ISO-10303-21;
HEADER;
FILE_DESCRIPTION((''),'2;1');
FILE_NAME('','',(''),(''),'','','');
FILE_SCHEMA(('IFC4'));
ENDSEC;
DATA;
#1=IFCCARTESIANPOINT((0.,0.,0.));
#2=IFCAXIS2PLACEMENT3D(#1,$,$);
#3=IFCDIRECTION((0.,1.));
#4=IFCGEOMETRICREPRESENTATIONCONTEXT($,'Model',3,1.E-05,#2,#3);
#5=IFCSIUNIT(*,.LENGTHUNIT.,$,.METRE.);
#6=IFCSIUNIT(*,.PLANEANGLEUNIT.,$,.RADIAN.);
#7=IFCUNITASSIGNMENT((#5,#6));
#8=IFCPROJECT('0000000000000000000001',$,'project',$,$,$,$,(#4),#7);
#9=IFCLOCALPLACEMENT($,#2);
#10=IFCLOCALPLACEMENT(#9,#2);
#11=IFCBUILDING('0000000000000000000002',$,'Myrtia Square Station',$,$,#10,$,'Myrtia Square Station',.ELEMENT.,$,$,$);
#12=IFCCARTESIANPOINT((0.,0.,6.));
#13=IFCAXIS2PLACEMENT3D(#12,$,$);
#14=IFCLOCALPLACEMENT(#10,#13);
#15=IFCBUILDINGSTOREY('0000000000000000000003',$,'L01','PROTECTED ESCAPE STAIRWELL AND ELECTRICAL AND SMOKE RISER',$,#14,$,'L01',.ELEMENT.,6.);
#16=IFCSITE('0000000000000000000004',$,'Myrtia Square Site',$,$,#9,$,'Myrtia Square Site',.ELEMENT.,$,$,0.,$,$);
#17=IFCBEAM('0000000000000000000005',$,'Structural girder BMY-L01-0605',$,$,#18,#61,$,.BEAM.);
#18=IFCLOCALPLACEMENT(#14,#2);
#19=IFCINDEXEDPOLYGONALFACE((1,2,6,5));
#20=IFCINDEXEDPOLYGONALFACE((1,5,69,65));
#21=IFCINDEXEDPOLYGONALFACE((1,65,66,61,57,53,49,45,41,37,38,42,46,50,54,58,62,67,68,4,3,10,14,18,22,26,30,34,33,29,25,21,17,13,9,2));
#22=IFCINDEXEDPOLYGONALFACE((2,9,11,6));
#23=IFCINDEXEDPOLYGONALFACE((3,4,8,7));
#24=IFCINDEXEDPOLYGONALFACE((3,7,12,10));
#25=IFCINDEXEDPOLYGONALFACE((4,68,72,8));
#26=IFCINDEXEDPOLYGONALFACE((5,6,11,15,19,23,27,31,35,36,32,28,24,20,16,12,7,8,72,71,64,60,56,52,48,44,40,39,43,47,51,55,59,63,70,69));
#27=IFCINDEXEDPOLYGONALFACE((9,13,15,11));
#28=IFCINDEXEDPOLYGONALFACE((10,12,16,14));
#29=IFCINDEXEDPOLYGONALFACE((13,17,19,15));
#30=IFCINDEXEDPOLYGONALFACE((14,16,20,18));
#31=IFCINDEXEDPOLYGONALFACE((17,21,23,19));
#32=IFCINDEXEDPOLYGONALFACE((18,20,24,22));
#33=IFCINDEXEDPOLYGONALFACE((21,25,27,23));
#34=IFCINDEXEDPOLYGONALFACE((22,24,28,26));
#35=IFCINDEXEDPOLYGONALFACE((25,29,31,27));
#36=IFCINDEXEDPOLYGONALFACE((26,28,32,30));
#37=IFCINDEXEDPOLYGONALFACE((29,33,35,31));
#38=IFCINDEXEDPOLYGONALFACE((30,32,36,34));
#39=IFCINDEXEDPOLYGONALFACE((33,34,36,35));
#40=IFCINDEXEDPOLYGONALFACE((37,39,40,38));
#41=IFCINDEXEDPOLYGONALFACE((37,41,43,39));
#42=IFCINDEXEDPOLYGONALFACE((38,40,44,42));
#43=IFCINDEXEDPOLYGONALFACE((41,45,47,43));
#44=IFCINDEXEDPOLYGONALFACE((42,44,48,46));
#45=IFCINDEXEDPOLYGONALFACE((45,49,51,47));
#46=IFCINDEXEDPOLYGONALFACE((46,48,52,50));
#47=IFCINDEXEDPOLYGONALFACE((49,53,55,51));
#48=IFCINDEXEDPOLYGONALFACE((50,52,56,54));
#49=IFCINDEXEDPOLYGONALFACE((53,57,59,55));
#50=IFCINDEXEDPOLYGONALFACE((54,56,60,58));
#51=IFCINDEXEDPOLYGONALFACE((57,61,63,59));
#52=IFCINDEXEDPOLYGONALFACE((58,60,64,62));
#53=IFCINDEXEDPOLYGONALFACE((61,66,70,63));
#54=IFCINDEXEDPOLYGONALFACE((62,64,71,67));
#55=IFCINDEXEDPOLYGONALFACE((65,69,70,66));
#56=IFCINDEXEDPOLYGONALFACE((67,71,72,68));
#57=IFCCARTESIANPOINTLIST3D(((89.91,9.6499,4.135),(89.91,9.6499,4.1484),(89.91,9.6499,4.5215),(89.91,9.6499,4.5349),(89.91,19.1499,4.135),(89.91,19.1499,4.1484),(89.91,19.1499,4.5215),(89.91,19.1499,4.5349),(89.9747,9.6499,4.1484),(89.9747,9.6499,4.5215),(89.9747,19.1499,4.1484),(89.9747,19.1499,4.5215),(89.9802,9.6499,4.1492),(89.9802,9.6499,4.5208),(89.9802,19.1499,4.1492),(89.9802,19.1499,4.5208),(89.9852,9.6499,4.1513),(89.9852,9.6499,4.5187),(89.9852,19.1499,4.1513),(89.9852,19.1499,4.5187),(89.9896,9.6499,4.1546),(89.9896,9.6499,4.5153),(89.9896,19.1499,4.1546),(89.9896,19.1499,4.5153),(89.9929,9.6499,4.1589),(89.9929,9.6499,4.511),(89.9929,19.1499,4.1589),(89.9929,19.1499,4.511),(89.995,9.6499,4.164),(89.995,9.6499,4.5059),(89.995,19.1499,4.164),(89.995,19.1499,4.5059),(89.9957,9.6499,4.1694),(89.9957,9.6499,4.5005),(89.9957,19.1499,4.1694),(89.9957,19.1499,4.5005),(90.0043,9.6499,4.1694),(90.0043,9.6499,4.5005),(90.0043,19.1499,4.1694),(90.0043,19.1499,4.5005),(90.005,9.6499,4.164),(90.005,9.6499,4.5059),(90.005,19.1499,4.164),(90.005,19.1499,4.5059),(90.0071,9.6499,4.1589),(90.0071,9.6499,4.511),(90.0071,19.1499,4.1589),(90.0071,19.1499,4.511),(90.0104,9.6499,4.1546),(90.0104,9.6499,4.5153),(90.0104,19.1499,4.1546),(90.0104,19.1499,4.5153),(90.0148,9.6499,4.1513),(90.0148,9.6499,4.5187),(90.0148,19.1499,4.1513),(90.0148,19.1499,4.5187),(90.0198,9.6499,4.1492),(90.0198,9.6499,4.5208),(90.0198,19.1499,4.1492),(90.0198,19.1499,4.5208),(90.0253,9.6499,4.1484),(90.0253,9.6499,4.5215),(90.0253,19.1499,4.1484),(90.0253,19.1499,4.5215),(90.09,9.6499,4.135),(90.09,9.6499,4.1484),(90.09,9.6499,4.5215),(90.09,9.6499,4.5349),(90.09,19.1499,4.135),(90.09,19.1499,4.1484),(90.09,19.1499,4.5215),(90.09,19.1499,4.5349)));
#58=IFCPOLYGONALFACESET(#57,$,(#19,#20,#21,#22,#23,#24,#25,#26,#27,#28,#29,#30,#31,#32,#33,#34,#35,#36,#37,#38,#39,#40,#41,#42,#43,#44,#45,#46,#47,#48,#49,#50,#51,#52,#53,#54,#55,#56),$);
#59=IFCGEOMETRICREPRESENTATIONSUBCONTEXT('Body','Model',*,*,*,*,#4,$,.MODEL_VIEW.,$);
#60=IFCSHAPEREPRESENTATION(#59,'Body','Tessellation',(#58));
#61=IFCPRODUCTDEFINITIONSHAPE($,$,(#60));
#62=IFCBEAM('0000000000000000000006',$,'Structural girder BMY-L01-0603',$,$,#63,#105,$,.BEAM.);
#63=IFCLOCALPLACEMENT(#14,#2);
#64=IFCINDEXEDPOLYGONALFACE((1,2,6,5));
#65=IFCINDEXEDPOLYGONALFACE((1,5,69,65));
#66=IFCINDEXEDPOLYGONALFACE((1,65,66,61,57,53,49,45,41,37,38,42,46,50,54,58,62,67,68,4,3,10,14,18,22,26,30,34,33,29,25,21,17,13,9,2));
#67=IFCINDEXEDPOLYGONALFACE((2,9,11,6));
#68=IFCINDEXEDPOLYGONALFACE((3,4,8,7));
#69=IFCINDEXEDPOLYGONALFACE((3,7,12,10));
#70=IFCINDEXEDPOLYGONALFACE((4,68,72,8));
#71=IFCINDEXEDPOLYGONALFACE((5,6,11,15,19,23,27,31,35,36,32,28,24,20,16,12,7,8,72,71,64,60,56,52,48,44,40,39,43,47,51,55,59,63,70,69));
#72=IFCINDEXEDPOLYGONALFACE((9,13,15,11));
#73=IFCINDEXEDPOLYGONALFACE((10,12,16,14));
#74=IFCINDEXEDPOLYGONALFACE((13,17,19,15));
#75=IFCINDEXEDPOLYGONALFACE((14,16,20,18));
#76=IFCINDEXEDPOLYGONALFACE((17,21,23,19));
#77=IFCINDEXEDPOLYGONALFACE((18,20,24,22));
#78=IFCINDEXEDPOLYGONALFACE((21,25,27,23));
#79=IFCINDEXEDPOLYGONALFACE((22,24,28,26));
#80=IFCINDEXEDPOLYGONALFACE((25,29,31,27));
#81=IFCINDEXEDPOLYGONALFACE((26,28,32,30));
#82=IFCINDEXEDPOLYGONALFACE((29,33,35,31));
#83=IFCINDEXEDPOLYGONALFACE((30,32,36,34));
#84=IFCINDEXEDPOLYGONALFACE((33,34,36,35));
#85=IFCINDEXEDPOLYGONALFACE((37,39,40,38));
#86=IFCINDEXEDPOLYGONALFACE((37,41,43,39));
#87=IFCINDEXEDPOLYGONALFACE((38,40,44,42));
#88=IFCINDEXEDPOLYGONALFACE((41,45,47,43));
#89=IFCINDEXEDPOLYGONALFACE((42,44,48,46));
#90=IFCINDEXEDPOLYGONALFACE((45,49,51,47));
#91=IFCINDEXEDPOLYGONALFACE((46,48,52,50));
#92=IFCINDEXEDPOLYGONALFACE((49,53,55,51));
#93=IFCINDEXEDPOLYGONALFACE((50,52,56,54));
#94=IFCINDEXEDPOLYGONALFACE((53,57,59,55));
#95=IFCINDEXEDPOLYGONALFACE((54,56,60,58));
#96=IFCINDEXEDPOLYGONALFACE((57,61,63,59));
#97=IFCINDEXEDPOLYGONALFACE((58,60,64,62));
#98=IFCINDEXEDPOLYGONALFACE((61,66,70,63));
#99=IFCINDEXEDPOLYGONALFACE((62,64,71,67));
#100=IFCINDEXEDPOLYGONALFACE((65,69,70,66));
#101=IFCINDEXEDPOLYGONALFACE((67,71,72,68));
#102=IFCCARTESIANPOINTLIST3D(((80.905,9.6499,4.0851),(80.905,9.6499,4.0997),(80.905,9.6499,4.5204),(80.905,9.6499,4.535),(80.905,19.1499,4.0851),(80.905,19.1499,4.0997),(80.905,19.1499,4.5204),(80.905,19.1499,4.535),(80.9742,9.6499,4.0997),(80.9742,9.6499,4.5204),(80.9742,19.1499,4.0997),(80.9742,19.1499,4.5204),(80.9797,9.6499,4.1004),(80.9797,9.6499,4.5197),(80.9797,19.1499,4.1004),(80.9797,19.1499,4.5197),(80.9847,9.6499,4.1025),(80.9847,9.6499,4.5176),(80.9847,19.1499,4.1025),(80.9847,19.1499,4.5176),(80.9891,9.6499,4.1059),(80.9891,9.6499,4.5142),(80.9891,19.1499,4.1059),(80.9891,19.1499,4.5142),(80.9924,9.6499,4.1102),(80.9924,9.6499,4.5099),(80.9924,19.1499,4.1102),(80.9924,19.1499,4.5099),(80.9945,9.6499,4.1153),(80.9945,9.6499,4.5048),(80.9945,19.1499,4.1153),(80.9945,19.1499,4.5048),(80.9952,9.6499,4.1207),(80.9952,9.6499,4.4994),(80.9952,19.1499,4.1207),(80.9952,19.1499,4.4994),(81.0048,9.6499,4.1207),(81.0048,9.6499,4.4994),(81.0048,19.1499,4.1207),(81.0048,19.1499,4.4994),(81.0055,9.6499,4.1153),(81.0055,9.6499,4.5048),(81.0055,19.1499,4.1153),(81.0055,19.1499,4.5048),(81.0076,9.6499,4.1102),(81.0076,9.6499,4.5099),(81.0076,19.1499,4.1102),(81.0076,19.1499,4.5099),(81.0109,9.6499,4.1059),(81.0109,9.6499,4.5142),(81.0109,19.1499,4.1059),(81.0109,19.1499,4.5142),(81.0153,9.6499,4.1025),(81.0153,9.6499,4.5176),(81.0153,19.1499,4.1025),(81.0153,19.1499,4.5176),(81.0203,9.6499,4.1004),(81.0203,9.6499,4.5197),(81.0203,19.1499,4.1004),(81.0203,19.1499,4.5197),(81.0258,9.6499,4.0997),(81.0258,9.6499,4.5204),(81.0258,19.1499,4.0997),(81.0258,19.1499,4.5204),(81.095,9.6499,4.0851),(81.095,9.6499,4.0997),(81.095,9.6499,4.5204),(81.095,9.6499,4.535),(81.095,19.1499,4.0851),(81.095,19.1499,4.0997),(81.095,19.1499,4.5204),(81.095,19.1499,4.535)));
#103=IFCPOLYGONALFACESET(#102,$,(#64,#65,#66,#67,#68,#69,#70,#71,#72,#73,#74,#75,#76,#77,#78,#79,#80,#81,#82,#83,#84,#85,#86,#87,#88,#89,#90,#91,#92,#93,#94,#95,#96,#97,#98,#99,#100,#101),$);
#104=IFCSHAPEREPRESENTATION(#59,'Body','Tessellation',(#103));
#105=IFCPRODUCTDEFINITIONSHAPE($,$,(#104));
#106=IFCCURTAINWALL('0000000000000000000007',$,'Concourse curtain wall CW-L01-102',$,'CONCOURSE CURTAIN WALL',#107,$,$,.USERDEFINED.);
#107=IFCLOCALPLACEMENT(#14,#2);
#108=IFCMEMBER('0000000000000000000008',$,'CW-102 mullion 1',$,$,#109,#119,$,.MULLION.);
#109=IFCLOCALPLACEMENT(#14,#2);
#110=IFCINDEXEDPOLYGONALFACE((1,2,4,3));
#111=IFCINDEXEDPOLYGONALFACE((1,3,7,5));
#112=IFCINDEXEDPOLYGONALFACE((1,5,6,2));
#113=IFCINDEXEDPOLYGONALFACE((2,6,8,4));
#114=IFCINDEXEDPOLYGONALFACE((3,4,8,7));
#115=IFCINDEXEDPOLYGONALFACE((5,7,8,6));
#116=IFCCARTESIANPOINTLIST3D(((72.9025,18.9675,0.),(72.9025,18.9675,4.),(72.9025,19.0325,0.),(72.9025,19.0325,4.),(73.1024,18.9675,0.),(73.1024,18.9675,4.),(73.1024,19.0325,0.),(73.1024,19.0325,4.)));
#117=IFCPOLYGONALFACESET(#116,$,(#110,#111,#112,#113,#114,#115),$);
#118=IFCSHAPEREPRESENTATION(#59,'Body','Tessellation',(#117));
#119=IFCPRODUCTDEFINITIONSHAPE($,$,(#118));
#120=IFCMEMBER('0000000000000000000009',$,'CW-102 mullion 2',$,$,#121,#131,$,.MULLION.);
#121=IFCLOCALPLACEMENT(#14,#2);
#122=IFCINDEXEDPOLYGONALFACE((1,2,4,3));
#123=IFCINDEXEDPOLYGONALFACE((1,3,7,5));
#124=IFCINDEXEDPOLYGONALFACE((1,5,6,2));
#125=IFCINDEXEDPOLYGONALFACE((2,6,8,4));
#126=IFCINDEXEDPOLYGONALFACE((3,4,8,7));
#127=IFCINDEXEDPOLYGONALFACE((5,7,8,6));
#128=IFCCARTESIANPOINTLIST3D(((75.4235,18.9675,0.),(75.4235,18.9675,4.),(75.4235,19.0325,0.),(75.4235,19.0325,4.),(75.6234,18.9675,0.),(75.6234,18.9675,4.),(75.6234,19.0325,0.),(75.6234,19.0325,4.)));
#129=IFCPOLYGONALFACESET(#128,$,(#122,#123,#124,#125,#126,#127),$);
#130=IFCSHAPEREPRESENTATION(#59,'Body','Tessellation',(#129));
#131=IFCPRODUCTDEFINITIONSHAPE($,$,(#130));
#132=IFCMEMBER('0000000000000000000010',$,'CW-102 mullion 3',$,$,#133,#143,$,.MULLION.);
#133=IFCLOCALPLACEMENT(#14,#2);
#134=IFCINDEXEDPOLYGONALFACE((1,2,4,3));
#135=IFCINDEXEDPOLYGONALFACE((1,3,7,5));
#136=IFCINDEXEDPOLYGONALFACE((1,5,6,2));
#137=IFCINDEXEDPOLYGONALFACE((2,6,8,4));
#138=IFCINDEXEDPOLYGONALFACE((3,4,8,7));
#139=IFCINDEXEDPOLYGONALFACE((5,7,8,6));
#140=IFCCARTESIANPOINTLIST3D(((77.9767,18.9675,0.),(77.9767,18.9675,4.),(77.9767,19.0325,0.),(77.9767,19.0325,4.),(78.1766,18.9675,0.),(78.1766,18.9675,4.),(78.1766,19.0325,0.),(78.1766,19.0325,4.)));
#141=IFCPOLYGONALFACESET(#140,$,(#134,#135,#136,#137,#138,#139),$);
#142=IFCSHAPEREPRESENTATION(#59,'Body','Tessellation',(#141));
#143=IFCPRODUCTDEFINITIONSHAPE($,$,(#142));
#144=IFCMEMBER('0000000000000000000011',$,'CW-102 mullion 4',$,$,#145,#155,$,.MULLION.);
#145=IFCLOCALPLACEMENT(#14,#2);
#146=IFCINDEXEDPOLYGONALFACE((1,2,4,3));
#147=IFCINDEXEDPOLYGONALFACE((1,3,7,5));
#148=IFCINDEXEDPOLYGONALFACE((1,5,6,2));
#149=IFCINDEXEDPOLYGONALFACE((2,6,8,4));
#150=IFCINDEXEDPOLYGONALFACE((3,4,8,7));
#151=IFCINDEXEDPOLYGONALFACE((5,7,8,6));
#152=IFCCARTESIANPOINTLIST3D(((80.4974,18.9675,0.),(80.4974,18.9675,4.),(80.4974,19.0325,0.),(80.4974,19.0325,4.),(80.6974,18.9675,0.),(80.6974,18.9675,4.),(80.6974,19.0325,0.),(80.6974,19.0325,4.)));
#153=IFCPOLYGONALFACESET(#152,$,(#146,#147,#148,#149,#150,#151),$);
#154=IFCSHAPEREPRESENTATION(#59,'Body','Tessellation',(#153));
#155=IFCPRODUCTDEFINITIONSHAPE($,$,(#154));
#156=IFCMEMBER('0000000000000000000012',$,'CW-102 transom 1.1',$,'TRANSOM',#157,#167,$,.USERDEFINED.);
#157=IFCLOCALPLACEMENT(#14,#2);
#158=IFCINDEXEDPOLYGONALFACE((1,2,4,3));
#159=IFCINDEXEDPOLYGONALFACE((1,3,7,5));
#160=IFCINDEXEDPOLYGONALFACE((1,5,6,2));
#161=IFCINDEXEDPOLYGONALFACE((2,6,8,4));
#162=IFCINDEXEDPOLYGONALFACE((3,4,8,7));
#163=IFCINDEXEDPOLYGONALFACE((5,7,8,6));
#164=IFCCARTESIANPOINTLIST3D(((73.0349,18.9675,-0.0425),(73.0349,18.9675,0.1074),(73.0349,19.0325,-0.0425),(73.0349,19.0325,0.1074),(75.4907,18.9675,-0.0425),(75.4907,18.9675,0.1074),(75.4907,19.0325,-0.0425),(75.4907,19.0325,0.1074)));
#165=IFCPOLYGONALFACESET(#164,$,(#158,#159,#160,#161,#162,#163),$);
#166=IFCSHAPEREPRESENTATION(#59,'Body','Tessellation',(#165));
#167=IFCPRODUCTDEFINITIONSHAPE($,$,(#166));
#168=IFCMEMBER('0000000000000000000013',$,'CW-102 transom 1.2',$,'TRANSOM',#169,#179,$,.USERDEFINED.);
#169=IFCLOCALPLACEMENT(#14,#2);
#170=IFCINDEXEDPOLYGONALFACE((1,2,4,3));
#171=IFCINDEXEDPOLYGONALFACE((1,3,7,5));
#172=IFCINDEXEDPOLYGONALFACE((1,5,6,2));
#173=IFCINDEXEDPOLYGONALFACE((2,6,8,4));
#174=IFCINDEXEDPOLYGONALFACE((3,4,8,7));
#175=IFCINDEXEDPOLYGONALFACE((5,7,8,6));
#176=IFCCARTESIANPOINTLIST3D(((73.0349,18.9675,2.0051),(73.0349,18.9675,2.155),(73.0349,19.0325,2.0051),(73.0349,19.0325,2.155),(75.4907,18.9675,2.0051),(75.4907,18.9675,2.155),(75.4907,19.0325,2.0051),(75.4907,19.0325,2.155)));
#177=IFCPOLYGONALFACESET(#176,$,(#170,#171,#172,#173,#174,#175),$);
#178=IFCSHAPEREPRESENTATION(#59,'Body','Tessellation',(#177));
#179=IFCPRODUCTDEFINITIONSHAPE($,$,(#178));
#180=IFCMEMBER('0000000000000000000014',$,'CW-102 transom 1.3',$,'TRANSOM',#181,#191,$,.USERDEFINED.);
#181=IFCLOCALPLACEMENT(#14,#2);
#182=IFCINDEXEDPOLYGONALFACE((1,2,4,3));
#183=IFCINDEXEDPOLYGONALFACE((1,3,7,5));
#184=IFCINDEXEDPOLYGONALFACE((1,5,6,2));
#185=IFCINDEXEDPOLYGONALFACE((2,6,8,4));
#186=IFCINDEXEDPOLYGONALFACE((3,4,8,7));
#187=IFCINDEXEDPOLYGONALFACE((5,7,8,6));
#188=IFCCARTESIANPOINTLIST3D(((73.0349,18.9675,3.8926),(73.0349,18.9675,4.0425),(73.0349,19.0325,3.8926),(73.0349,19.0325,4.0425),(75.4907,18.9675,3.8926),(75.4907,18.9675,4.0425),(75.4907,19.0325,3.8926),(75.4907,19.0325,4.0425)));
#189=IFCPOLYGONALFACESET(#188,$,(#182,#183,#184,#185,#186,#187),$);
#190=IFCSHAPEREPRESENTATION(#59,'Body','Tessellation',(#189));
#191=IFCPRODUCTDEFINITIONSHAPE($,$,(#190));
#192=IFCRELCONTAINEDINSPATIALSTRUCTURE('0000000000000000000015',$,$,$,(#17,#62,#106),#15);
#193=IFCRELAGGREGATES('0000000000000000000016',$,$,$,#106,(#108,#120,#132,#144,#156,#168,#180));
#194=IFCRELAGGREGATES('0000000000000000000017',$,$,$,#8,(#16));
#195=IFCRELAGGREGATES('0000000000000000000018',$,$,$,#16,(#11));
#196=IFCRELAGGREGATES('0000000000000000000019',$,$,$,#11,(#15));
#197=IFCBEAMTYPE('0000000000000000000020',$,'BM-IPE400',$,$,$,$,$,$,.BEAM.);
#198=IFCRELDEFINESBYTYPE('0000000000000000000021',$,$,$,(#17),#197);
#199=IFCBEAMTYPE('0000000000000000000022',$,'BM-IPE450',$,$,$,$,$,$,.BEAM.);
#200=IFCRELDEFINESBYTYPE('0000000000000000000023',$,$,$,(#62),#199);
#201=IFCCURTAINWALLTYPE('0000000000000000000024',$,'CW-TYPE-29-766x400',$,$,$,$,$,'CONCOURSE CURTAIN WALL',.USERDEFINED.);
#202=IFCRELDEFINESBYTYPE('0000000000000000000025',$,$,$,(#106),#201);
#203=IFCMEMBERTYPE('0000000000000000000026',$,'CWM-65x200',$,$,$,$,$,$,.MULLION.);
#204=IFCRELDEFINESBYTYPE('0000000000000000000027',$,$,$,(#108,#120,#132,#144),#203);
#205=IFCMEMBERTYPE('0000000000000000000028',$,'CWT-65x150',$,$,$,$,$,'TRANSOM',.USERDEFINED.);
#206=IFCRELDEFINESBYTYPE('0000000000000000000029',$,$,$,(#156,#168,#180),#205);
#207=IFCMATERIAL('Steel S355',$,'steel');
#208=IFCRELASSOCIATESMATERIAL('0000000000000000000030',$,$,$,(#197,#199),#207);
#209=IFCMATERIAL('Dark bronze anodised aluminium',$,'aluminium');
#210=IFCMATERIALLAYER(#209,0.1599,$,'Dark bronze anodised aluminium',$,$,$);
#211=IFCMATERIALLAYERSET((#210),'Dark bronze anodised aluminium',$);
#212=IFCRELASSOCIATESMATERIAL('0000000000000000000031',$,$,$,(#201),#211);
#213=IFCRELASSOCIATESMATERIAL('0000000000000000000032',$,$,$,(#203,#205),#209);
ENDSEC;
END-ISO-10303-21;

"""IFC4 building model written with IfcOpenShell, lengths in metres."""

from ifc_helpers import new_model, si_unit, direction, frame, origin, origin_2d, place, context, subcontext, project, spatial, rectangle, i_section, extrude, material, layer, layer_set, material_profile, profile_set, type_object, element, aggregate, save


model = new_model("IFC4")

# Units and contexts
model_context = context("Model", 3, precision=1e-05, world=origin(), true_north=direction((0.0, 1.0)))
body_context = subcontext(model_context, "Body", "Model", "MODEL_VIEW")
ifc_project = project(units=[si_unit("LENGTHUNIT", "METRE"), si_unit("PLANEANGLEUNIT", "RADIAN")], contexts=[model_context])

# Site, building, storey
site_placement = place(None, origin())
site = spatial("IfcSite", under=ifc_project, at=site_placement, Name="Myrtia Square Site", LongName="Myrtia Square Site", CompositionType="ELEMENT", RefElevation=0.0)
building_placement = place(site_placement, origin())
building = spatial("IfcBuilding", under=site, at=building_placement, Name="Myrtia Square Station", LongName="Myrtia Square Station", CompositionType="ELEMENT")
storey_placement = place(building_placement, frame((0.0, 0.0, 6.0)))
storey = spatial("IfcBuildingStorey", under=building, at=storey_placement, Name="L01", Description="PROTECTED ESCAPE STAIRWELL AND ELECTRICAL AND SMOKE RISER", LongName="L01", CompositionType="ELEMENT", Elevation=6.0)

# Beams
ifc_material_1 = material(Name="Steel S355", Category="steel")
ifc_material_profile_1 = material_profile(ifc_material_1, i_section(OverallWidth=0.1799, OverallDepth=0.3999, WebThickness=0.0085, FlangeThickness=0.0134, FilletRadius=0.021, at=origin_2d()), Name="IPE 400")
ifc_profile_set_1 = profile_set([ifc_material_profile_1], Name="Steel S355")
beam_type_1 = type_object("IfcBeamType", Name="BM-IPE400", PredefinedType="BEAM", material=ifc_profile_set_1)
beam_1_placement = place(storey_placement, frame((90.0, 9.6499, 4.335), z_axis=(0.0, 1.0, 0.0), x_axis=(-1.0, 0.0, 0.0)))
element("IfcBeam", 1, at=beam_1_placement, inside=storey, type_object=beam_type_1, Name="Structural girder BMY-L01-0605", PredefinedType="BEAM", context=body_context, shape_type="SweptSolid", body=[
    extrude(i_section(OverallWidth=0.1799, OverallDepth=0.3999, WebThickness=0.0085, FlangeThickness=0.0134, FilletRadius=0.021, at=origin_2d()), origin(), (0.0, 0.0, 1.0), 9.5),
])
ifc_material_profile_2 = material_profile(ifc_material_1, i_section(OverallWidth=0.1899, OverallDepth=0.45, WebThickness=0.0095, FlangeThickness=0.0146, FilletRadius=0.021, at=origin_2d()), Name="IPE 450")
ifc_profile_set_2 = profile_set([ifc_material_profile_2], Name="Steel S355")
beam_type_2 = type_object("IfcBeamType", Name="BM-IPE450", PredefinedType="BEAM", material=ifc_profile_set_2)
beam_2_placement = place(storey_placement, frame((81.0, 9.6499, 4.3101), z_axis=(0.0, 1.0, 0.0), x_axis=(-1.0, 0.0, 0.0)))
element("IfcBeam", 2, at=beam_2_placement, inside=storey, type_object=beam_type_2, Name="Structural girder BMY-L01-0603", PredefinedType="BEAM", context=body_context, shape_type="SweptSolid", body=[
    extrude(i_section(OverallWidth=0.1899, OverallDepth=0.45, WebThickness=0.0095, FlangeThickness=0.0146, FilletRadius=0.021, at=origin_2d()), origin(), (0.0, 0.0, 1.0), 9.5),
])

# Curtain wall, members
ifc_material_2 = material(Name="Dark bronze anodised aluminium", Category="aluminium")
ifc_layer_1 = layer(ifc_material_2, 0.1599, Name="Dark bronze anodised aluminium")
ifc_layer_set_1 = layer_set([ifc_layer_1], Name="Dark bronze anodised aluminium")
curtain_wall_type = type_object("IfcCurtainWallType", Name="CW-TYPE-29-766x400", ElementType="CONCOURSE CURTAIN WALL", PredefinedType="USERDEFINED", material=ifc_layer_set_1)
curtain_wall_placement = place(storey_placement, origin())
curtain_wall = element("IfcCurtainWall", 3, at=curtain_wall_placement, inside=storey, type_object=curtain_wall_type, Name="Concourse curtain wall CW-L01-102", ObjectType="CONCOURSE CURTAIN WALL", PredefinedType="USERDEFINED")
ifc_material_profile_3 = material_profile(ifc_material_2, rectangle(XDim=0.0649, YDim=0.2, at=origin_2d()), Name="ALU-M 65x200")
ifc_profile_set_3 = profile_set([ifc_material_profile_3], Name="Dark bronze anodised aluminium")
member_type_1 = type_object("IfcMemberType", Name="CWM-65x200", PredefinedType="MULLION", material=ifc_profile_set_3)
member_1_placement = place(storey_placement, frame((73.0024, 19.0, 0.0), z_axis=(0.0, 0.0, 1.0), x_axis=(0.0, 1.0, 0.0)))
member_1 = element("IfcMember", 4, at=member_1_placement, type_object=member_type_1, Name="CW-102 mullion 1", PredefinedType="MULLION", context=body_context, shape_type="SweptSolid", body=[
    extrude(rectangle(XDim=0.0649, YDim=0.2, at=origin_2d()), origin(), (0.0, 0.0, 1.0), 4.0),
])
member_2_placement = place(storey_placement, frame((75.5234, 19.0, 0.0), z_axis=(0.0, 0.0, 1.0), x_axis=(0.0, 1.0, 0.0)))
member_2 = element("IfcMember", 5, at=member_2_placement, type_object=member_type_1, Name="CW-102 mullion 2", PredefinedType="MULLION", context=body_context, shape_type="SweptSolid", body=[
    extrude(rectangle(XDim=0.0649, YDim=0.2, at=origin_2d()), origin(), (0.0, 0.0, 1.0), 4.0),
])
member_3_placement = place(storey_placement, frame((78.0767, 19.0, 0.0), z_axis=(0.0, 0.0, 1.0), x_axis=(0.0, 1.0, 0.0)))
member_3 = element("IfcMember", 6, at=member_3_placement, type_object=member_type_1, Name="CW-102 mullion 3", PredefinedType="MULLION", context=body_context, shape_type="SweptSolid", body=[
    extrude(rectangle(XDim=0.0649, YDim=0.2, at=origin_2d()), origin(), (0.0, 0.0, 1.0), 4.0),
])
member_4_placement = place(storey_placement, frame((80.5974, 19.0, 0.0), z_axis=(0.0, 0.0, 1.0), x_axis=(0.0, 1.0, 0.0)))
member_4 = element("IfcMember", 7, at=member_4_placement, type_object=member_type_1, Name="CW-102 mullion 4", PredefinedType="MULLION", context=body_context, shape_type="SweptSolid", body=[
    extrude(rectangle(XDim=0.0649, YDim=0.2, at=origin_2d()), origin(), (0.0, 0.0, 1.0), 4.0),
])
ifc_material_profile_4 = material_profile(ifc_material_2, rectangle(XDim=0.0649, YDim=0.1499, at=origin_2d()), Name="ALU-T 65x150")
ifc_profile_set_4 = profile_set([ifc_material_profile_4], Name="Dark bronze anodised aluminium")
member_type_2 = type_object("IfcMemberType", Name="CWT-65x150", ElementType="TRANSOM", PredefinedType="USERDEFINED", material=ifc_profile_set_4)
member_5_placement = place(storey_placement, frame((73.0349, 19.0, 0.0325), z_axis=(1.0, 0.0, 0.0), x_axis=(0.0, 1.0, 0.0)))
member_5 = element("IfcMember", 8, at=member_5_placement, type_object=member_type_2, Name="CW-102 transom 1.1", ObjectType="TRANSOM", PredefinedType="USERDEFINED", context=body_context, shape_type="SweptSolid", body=[
    extrude(rectangle(XDim=0.0649, YDim=0.1499, at=origin_2d()), origin(), (0.0, 0.0, 1.0), 2.4558),
])
member_6_placement = place(storey_placement, frame((73.0349, 19.0, 2.0801), z_axis=(1.0, 0.0, 0.0), x_axis=(0.0, 1.0, 0.0)))
member_6 = element("IfcMember", 9, at=member_6_placement, type_object=member_type_2, Name="CW-102 transom 1.2", ObjectType="TRANSOM", PredefinedType="USERDEFINED", context=body_context, shape_type="SweptSolid", body=[
    extrude(rectangle(XDim=0.0649, YDim=0.1499, at=origin_2d()), origin(), (0.0, 0.0, 1.0), 2.4558),
])
member_7_placement = place(storey_placement, frame((73.0349, 19.0, 3.9675), z_axis=(1.0, 0.0, 0.0), x_axis=(0.0, 1.0, 0.0)))
member_7 = element("IfcMember", 10, at=member_7_placement, type_object=member_type_2, Name="CW-102 transom 1.3", ObjectType="TRANSOM", PredefinedType="USERDEFINED", context=body_context, shape_type="SweptSolid", body=[
    extrude(rectangle(XDim=0.0649, YDim=0.1499, at=origin_2d()), origin(), (0.0, 0.0, 1.0), 2.4558),
])
aggregate(curtain_wall, [member_1, member_2, member_3, member_4, member_5, member_6, member_7])

save(model, "model.ifc")
